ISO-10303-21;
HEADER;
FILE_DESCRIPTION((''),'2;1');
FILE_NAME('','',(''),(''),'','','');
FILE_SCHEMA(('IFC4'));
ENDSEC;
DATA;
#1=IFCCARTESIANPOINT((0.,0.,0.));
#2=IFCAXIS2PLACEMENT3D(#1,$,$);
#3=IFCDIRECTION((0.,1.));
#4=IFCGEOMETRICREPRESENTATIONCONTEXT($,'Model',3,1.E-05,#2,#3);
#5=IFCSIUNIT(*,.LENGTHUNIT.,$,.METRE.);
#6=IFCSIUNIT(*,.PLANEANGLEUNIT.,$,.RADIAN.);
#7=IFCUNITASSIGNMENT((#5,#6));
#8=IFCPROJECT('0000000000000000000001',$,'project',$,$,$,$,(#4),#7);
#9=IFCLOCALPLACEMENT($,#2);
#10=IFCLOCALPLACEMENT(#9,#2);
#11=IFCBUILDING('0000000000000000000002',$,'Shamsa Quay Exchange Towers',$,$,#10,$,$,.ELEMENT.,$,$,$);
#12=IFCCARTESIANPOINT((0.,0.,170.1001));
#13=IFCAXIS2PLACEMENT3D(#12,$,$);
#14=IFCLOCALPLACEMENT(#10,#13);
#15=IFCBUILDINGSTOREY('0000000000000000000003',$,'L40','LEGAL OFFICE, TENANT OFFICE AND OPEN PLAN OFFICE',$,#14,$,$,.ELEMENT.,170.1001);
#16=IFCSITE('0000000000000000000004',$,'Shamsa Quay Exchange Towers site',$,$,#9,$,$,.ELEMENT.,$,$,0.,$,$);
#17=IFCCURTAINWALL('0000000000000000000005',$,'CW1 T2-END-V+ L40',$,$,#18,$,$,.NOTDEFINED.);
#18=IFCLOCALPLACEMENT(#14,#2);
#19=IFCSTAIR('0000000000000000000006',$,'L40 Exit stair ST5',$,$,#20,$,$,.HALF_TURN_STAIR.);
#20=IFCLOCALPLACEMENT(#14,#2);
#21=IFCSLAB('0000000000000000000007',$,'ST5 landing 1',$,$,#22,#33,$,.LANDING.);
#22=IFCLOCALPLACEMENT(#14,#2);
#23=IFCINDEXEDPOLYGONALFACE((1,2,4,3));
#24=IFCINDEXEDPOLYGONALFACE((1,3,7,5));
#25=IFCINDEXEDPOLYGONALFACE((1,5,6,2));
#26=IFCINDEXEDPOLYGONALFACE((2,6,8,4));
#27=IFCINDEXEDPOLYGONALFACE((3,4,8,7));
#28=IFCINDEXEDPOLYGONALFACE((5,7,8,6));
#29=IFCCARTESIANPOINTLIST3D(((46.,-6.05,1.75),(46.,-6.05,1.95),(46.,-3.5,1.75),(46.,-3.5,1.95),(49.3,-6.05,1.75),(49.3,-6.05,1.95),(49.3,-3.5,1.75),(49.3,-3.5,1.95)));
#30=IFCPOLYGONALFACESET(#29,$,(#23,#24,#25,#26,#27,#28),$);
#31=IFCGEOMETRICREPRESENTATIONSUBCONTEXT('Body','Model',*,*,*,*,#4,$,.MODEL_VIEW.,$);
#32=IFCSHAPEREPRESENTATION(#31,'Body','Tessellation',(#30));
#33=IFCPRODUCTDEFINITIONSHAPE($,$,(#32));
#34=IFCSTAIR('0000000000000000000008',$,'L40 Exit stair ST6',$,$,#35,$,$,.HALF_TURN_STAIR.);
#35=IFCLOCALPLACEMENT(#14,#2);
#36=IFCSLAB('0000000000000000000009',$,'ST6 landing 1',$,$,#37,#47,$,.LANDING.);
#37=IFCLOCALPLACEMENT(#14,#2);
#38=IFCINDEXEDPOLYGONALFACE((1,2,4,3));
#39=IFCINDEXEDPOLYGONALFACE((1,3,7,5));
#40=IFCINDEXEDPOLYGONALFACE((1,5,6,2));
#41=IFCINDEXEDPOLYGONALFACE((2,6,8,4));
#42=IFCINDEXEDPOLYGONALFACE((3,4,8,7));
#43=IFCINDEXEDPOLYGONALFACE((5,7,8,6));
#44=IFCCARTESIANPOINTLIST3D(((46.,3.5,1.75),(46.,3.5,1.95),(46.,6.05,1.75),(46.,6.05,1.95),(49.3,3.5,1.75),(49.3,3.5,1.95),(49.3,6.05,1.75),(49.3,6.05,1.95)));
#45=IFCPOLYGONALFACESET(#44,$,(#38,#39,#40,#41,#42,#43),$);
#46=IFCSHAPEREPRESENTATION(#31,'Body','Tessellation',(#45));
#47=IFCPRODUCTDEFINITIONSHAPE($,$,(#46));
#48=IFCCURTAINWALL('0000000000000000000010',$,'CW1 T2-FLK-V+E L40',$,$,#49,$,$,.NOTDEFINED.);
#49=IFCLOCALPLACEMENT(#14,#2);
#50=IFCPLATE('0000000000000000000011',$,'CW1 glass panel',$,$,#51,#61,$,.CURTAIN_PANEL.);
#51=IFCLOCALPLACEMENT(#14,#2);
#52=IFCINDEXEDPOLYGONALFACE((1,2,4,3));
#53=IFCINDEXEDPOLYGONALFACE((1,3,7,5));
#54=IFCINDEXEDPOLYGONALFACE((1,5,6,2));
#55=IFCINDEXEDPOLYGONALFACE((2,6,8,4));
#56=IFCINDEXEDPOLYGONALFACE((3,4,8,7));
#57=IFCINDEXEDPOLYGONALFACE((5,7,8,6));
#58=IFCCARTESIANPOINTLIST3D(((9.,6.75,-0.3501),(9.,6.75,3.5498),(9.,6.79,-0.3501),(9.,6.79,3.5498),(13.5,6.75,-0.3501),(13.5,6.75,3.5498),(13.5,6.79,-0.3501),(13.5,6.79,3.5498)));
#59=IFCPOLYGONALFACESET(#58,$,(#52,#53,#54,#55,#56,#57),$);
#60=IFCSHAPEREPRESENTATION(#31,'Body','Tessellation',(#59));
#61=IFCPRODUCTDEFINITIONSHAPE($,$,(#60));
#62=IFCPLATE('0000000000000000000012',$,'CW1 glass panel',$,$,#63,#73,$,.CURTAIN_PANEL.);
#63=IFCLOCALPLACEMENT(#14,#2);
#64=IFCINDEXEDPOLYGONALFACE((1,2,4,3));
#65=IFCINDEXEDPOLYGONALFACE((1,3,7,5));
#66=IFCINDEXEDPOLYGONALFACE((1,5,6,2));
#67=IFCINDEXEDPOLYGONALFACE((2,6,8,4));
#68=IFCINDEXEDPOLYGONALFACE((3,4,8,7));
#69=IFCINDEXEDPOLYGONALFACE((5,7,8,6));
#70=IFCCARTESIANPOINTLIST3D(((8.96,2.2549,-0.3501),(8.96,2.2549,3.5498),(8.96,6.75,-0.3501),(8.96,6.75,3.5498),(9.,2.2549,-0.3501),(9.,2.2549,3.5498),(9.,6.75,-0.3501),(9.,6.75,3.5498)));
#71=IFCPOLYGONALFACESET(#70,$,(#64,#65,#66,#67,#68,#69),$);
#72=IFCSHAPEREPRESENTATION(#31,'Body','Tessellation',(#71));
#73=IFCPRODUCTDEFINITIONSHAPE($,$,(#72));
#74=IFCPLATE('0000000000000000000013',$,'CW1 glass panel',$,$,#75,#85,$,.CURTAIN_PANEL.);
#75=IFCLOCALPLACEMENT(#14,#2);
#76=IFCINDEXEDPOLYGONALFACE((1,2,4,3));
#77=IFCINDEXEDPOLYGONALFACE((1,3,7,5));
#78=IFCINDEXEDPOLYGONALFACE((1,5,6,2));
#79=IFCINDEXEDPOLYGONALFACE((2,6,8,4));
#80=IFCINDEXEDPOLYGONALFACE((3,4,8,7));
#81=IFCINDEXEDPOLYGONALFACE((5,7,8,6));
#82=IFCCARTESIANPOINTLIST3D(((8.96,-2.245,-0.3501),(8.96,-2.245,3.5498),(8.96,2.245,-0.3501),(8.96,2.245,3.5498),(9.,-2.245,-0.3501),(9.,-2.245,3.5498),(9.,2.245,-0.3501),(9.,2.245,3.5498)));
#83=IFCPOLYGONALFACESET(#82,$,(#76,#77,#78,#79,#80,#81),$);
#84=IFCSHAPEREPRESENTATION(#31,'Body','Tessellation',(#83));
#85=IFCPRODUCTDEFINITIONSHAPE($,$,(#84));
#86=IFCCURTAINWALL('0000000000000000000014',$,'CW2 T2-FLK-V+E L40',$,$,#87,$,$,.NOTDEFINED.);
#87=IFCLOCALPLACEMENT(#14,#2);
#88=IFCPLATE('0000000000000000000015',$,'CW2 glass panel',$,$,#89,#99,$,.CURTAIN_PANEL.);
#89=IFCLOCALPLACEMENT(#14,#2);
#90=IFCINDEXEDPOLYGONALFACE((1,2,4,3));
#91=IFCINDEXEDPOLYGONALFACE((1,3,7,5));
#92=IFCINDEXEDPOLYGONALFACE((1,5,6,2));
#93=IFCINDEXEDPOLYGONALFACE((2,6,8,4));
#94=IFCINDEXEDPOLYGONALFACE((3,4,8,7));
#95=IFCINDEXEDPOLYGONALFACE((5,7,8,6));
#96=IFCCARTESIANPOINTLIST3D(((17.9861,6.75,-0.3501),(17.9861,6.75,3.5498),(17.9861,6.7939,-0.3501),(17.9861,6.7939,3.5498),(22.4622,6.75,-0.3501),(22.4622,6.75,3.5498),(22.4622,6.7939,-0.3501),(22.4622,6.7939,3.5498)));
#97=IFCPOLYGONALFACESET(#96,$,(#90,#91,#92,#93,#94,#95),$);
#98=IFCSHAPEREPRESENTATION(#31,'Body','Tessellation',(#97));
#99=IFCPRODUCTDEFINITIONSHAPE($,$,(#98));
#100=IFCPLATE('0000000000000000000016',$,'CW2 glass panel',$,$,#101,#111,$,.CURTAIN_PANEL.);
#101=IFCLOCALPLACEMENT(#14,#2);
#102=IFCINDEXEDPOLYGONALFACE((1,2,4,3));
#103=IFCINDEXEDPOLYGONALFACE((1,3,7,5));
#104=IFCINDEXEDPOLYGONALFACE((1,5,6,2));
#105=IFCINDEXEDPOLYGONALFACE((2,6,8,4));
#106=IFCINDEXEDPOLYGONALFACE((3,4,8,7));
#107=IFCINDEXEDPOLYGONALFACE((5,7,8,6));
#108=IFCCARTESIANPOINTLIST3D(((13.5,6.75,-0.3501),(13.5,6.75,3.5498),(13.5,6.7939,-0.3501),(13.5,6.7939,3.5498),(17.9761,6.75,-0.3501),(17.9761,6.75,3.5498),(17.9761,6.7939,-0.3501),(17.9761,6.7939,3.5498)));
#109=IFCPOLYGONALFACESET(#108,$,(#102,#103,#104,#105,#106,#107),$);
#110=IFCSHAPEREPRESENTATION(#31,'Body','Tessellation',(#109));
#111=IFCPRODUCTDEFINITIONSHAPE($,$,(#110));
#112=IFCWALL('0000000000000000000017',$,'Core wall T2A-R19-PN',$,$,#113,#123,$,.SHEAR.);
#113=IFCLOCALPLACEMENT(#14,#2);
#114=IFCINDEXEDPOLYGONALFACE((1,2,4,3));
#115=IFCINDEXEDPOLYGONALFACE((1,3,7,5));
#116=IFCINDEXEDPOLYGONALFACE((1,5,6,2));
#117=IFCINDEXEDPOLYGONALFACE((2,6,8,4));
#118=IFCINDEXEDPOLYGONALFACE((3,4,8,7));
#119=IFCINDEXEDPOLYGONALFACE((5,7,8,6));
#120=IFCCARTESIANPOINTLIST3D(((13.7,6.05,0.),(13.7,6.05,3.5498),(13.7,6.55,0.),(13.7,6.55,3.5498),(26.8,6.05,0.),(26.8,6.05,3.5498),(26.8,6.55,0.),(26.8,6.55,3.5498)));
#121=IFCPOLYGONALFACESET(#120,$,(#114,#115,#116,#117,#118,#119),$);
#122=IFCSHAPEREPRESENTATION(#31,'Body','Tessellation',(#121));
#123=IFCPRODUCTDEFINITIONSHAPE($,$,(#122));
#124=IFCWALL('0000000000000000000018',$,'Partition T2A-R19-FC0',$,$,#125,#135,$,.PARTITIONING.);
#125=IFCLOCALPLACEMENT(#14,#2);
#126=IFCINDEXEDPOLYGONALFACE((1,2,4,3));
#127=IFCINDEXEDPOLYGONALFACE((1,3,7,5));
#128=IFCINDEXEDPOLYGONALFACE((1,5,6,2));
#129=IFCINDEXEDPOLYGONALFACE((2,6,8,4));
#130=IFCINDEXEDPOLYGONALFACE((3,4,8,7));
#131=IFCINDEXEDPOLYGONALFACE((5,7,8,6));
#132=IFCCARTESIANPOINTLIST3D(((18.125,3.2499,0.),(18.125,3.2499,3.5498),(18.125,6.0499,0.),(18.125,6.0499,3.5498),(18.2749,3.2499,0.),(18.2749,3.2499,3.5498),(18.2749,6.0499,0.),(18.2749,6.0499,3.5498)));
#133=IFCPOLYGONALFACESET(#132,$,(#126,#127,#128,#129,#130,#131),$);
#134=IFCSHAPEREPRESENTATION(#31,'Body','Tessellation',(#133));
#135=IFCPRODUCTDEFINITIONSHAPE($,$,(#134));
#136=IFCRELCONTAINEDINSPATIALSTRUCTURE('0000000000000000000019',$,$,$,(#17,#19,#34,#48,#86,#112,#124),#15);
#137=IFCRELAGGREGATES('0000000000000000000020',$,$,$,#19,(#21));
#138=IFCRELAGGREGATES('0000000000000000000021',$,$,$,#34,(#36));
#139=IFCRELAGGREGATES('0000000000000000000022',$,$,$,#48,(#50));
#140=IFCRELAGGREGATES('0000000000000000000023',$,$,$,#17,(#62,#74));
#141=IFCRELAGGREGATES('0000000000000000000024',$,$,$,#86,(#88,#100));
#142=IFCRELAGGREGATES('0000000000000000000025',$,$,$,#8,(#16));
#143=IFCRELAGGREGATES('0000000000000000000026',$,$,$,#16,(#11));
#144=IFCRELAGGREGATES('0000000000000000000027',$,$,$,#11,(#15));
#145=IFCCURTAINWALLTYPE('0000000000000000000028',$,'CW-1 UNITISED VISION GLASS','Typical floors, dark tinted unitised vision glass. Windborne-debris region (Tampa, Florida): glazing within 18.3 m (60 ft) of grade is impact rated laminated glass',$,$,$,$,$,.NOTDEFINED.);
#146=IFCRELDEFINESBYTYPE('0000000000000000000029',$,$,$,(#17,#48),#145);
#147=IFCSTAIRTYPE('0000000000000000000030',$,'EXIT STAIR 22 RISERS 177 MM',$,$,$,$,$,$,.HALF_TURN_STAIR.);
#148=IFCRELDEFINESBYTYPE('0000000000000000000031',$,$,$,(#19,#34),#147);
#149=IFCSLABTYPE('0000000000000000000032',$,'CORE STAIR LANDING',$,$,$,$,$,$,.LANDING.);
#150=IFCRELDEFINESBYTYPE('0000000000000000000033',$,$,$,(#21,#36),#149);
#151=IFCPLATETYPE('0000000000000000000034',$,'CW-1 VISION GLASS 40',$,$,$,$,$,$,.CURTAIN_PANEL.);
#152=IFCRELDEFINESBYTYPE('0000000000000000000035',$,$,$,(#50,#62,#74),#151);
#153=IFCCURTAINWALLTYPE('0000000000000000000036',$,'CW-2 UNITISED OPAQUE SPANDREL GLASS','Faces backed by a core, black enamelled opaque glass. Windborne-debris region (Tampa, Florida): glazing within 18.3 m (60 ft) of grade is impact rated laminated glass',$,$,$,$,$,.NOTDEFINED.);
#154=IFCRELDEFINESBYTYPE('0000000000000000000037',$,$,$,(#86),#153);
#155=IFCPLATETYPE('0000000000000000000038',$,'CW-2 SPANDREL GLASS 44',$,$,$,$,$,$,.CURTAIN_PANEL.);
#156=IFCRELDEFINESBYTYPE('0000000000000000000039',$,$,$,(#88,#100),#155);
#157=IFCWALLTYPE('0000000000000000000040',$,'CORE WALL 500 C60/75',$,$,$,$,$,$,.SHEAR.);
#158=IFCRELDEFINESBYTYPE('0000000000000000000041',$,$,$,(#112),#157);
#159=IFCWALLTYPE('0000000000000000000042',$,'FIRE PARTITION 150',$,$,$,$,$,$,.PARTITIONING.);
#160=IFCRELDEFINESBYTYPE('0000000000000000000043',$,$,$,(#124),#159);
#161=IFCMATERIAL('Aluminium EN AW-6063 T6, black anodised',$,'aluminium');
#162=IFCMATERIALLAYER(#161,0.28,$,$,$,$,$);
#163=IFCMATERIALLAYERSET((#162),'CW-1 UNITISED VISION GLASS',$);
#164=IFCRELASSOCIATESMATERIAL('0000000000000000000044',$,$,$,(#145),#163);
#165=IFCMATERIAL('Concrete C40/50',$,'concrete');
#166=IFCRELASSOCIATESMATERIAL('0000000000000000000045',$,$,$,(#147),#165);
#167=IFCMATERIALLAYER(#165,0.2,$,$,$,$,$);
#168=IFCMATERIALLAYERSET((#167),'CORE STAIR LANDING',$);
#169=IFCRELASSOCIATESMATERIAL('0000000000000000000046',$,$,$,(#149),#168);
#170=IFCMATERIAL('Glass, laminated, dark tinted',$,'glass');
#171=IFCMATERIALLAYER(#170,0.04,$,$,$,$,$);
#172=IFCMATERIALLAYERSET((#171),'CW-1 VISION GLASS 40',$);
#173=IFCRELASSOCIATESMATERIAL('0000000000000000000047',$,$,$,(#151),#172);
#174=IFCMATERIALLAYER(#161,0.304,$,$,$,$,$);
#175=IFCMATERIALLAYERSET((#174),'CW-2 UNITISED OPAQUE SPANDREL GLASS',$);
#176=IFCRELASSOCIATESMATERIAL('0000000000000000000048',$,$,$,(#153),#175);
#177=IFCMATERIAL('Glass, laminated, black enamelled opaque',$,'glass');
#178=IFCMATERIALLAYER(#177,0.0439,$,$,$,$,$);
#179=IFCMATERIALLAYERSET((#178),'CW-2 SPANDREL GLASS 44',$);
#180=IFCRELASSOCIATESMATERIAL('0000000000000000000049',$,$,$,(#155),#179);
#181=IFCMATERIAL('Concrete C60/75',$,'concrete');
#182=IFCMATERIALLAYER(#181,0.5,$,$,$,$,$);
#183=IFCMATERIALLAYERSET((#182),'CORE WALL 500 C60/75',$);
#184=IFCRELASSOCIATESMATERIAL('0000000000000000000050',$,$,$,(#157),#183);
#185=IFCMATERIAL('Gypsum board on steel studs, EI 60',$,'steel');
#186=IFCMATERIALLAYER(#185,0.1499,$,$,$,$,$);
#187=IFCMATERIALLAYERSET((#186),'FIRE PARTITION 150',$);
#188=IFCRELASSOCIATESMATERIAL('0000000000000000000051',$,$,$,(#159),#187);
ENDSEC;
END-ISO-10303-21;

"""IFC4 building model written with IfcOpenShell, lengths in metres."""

from ifc_helpers import new_model, si_unit, direction, frame, frame_2d, origin, origin_2d, place, context, subcontext, project, spatial, polyline, rectangle, outline, extrude, material, layer, layer_set, type_object, element, aggregate, save


model = new_model("IFC4")

# Units and contexts
model_context = context("Model", 3, precision=1e-05, world=origin(), true_north=direction((0.0, 1.0)))
body_context = subcontext(model_context, "Body", "Model", "MODEL_VIEW")
ifc_project = project(units=[si_unit("LENGTHUNIT", "METRE"), si_unit("PLANEANGLEUNIT", "RADIAN")], contexts=[model_context])

# Site, building, storey
site_placement = place(None, origin())
site = spatial("IfcSite", under=ifc_project, at=site_placement, Name="Shamsa Quay Exchange Towers site", CompositionType="ELEMENT", RefElevation=0.0)
building_placement = place(site_placement, origin())
building = spatial("IfcBuilding", under=site, at=building_placement, Name="Shamsa Quay Exchange Towers", CompositionType="ELEMENT")
storey_placement = place(building_placement, frame((0.0, 0.0, 170.1001)))
storey = spatial("IfcBuildingStorey", under=building, at=storey_placement, Name="L40", Description="LEGAL OFFICE, TENANT OFFICE AND OPEN PLAN OFFICE", CompositionType="ELEMENT", Elevation=170.1001)

# Curtain wall
ifc_material_1 = material(Name="Aluminium EN AW-6063 T6, black anodised", Category="aluminium")
ifc_layer_1 = layer(ifc_material_1, 0.28)
ifc_layer_set_1 = layer_set([ifc_layer_1], Name="CW-1 UNITISED VISION GLASS")
curtain_wall_type_1 = type_object("IfcCurtainWallType", Name="CW-1 UNITISED VISION GLASS", Description="Typical floors, dark tinted unitised vision glass. Windborne-debris region (Tampa, Florida): glazing within 18.3 m (60 ft) of grade is impact rated laminated glass", PredefinedType="NOTDEFINED", material=ifc_layer_set_1)
curtain_wall_1_placement = place(storey_placement, origin())
curtain_wall_1 = element("IfcCurtainWall", 1, at=curtain_wall_1_placement, inside=storey, type_object=curtain_wall_type_1, Name="CW1 T2-END-V+ L40", PredefinedType="NOTDEFINED")

# Stairs, slabs
ifc_material_2 = material(Name="Concrete C40/50", Category="concrete")
stair_type = type_object("IfcStairType", Name="EXIT STAIR 22 RISERS 177 MM", PredefinedType="HALF_TURN_STAIR", material=ifc_material_2)
ifc_layer_2 = layer(ifc_material_2, 0.2)
ifc_layer_set_2 = layer_set([ifc_layer_2], Name="CORE STAIR LANDING")
slab_type_1 = type_object("IfcSlabType", Name="CORE STAIR LANDING", PredefinedType="LANDING", material=ifc_layer_set_2)
stair_1_placement = place(storey_placement, origin())
stair_1 = element("IfcStair", 2, at=stair_1_placement, inside=storey, type_object=stair_type, Name="L40 Exit stair ST5", PredefinedType="HALF_TURN_STAIR")
slab_1_placement = place(storey_placement, frame((0.0, 0.0, 1.75)))
slab_1 = element("IfcSlab", 3, at=slab_1_placement, type_object=slab_type_1, Name="ST5 landing 1", PredefinedType="LANDING", context=body_context, shape_type="SweptSolid", body=[
    extrude(outline(polyline([(49.3, -3.5), (46.0, -3.5), (46.0, -6.05), (49.3, -6.05), (49.3, -3.5)])), origin(), (0.0, 0.0, 1.0), 0.2),
])
aggregate(stair_1, [slab_1])
stair_2_placement = place(storey_placement, origin())
stair_2 = element("IfcStair", 4, at=stair_2_placement, inside=storey, type_object=stair_type, Name="L40 Exit stair ST6", PredefinedType="HALF_TURN_STAIR")
slab_2_placement = place(storey_placement, frame((0.0, 0.0, 1.75)))
slab_2 = element("IfcSlab", 5, at=slab_2_placement, type_object=slab_type_1, Name="ST6 landing 1", PredefinedType="LANDING", context=body_context, shape_type="SweptSolid", body=[
    extrude(outline(polyline([(49.3, 6.05), (46.0, 6.05), (46.0, 3.5), (49.3, 3.5), (49.3, 6.05)])), origin(), (0.0, 0.0, 1.0), 0.2),
])
aggregate(stair_2, [slab_2])

# Curtain wall, plate
curtain_wall_2_placement = place(storey_placement, origin())
curtain_wall_2 = element("IfcCurtainWall", 6, at=curtain_wall_2_placement, inside=storey, type_object=curtain_wall_type_1, Name="CW1 T2-FLK-V+E L40", PredefinedType="NOTDEFINED")
ifc_material_3 = material(Name="Glass, laminated, dark tinted", Category="glass")
ifc_layer_3 = layer(ifc_material_3, 0.04)
ifc_layer_set_3 = layer_set([ifc_layer_3], Name="CW-1 VISION GLASS 40")
plate_type_1 = type_object("IfcPlateType", Name="CW-1 VISION GLASS 40", PredefinedType="CURTAIN_PANEL", material=ifc_layer_set_3)
plate_1_placement = place(storey_placement, frame((11.25, 6.77, -0.3501), z_axis=(0.0, 0.0, 1.0), x_axis=(-1.0, 0.0, 0.0)))
plate_1 = element("IfcPlate", 7, at=plate_1_placement, type_object=plate_type_1, Name="CW1 glass panel", PredefinedType="CURTAIN_PANEL", context=body_context, shape_type="SweptSolid", body=[
    extrude(rectangle(XDim=4.5, YDim=0.04, at=origin_2d()), origin(), (0.0, 0.0, 1.0), 3.8999),
])
aggregate(curtain_wall_2, [plate_1])

# Plates
plate_2_placement = place(storey_placement, frame((8.98, 4.5024, -0.3501), z_axis=(0.0, 0.0, 1.0), x_axis=(0.0, -1.0, 0.0)))
plate_2 = element("IfcPlate", 8, at=plate_2_placement, type_object=plate_type_1, Name="CW1 glass panel", PredefinedType="CURTAIN_PANEL", context=body_context, shape_type="SweptSolid", body=[
    extrude(rectangle(XDim=4.4951, YDim=0.04, at=origin_2d()), origin(), (0.0, 0.0, 1.0), 3.8999),
])
plate_3_placement = place(storey_placement, frame((8.98, 0.0, -0.3501), z_axis=(0.0, 0.0, 1.0), x_axis=(0.0, -1.0, 0.0)))
plate_3 = element("IfcPlate", 9, at=plate_3_placement, type_object=plate_type_1, Name="CW1 glass panel", PredefinedType="CURTAIN_PANEL", context=body_context, shape_type="SweptSolid", body=[
    extrude(rectangle(XDim=4.49, YDim=0.04, at=origin_2d()), origin(), (0.0, 0.0, 1.0), 3.8999),
])
aggregate(curtain_wall_1, [plate_2, plate_3])

# Curtain wall, plates
ifc_layer_4 = layer(ifc_material_1, 0.304)
ifc_layer_set_4 = layer_set([ifc_layer_4], Name="CW-2 UNITISED OPAQUE SPANDREL GLASS")
curtain_wall_type_2 = type_object("IfcCurtainWallType", Name="CW-2 UNITISED OPAQUE SPANDREL GLASS", Description="Faces backed by a core, black enamelled opaque glass. Windborne-debris region (Tampa, Florida): glazing within 18.3 m (60 ft) of grade is impact rated laminated glass", PredefinedType="NOTDEFINED", material=ifc_layer_set_4)
curtain_wall_3_placement = place(storey_placement, origin())
curtain_wall_3 = element("IfcCurtainWall", 10, at=curtain_wall_3_placement, inside=storey, type_object=curtain_wall_type_2, Name="CW2 T2-FLK-V+E L40", PredefinedType="NOTDEFINED")
ifc_material_4 = material(Name="Glass, laminated, black enamelled opaque", Category="glass")
ifc_layer_5 = layer(ifc_material_4, 0.0439)
ifc_layer_set_5 = layer_set([ifc_layer_5], Name="CW-2 SPANDREL GLASS 44")
plate_type_2 = type_object("IfcPlateType", Name="CW-2 SPANDREL GLASS 44", PredefinedType="CURTAIN_PANEL", material=ifc_layer_set_5)
plate_4_placement = place(storey_placement, frame((20.2241, 6.772, -0.3501), z_axis=(0.0, 0.0, 1.0), x_axis=(-1.0, 0.0, 0.0)))
plate_4 = element("IfcPlate", 11, at=plate_4_placement, type_object=plate_type_2, Name="CW2 glass panel", PredefinedType="CURTAIN_PANEL", context=body_context, shape_type="SweptSolid", body=[
    extrude(rectangle(XDim=4.4761, YDim=0.0439, at=origin_2d()), origin(), (0.0, 0.0, 1.0), 3.8999),
])
plate_5_placement = place(storey_placement, frame((15.738, 6.772, -0.3501), z_axis=(0.0, 0.0, 1.0), x_axis=(-1.0, 0.0, 0.0)))
plate_5 = element("IfcPlate", 12, at=plate_5_placement, type_object=plate_type_2, Name="CW2 glass panel", PredefinedType="CURTAIN_PANEL", context=body_context, shape_type="SweptSolid", body=[
    extrude(rectangle(XDim=4.4761, YDim=0.0439, at=origin_2d()), origin(), (0.0, 0.0, 1.0), 3.8999),
])
aggregate(curtain_wall_3, [plate_4, plate_5])

# Wall
ifc_material_5 = material(Name="Concrete C60/75", Category="concrete")
ifc_layer_6 = layer(ifc_material_5, 0.5)
ifc_layer_set_6 = layer_set([ifc_layer_6], Name="CORE WALL 500 C60/75")
wall_type_1 = type_object("IfcWallType", Name="CORE WALL 500 C60/75", PredefinedType="SHEAR", material=ifc_layer_set_6)
wall_1_placement = place(storey_placement, frame((13.7, 6.3, 0.0)))
element("IfcWall", 13, at=wall_1_placement, inside=storey, type_object=wall_type_1, Name="Core wall T2A-R19-PN", PredefinedType="SHEAR", context=body_context, shape_type="SweptSolid", body=[
    extrude(rectangle(XDim=13.1001, YDim=0.5, at=frame_2d((6.55, 0.0))), origin(), (0.0, 0.0, 1.0), 3.5498),
])

# Wall
ifc_material_6 = material(Name="Gypsum board on steel studs, EI 60", Category="steel")
ifc_layer_7 = layer(ifc_material_6, 0.1499)
ifc_layer_set_7 = layer_set([ifc_layer_7], Name="FIRE PARTITION 150")
wall_type_2 = type_object("IfcWallType", Name="FIRE PARTITION 150", PredefinedType="PARTITIONING", material=ifc_layer_set_7)
wall_2_placement = place(storey_placement, frame((18.2, 3.25, 0.0), z_axis=(0.0, 0.0, 1.0), x_axis=(0.0, 1.0, 0.0)))
element("IfcWall", 14, at=wall_2_placement, inside=storey, type_object=wall_type_2, Name="Partition T2A-R19-FC0", PredefinedType="PARTITIONING", context=body_context, shape_type="SweptSolid", body=[
    extrude(rectangle(XDim=2.8, YDim=0.1499, at=frame_2d((1.3999, 0.0))), origin(), (0.0, 0.0, 1.0), 3.5498),
])

save(model, "model.ifc")
